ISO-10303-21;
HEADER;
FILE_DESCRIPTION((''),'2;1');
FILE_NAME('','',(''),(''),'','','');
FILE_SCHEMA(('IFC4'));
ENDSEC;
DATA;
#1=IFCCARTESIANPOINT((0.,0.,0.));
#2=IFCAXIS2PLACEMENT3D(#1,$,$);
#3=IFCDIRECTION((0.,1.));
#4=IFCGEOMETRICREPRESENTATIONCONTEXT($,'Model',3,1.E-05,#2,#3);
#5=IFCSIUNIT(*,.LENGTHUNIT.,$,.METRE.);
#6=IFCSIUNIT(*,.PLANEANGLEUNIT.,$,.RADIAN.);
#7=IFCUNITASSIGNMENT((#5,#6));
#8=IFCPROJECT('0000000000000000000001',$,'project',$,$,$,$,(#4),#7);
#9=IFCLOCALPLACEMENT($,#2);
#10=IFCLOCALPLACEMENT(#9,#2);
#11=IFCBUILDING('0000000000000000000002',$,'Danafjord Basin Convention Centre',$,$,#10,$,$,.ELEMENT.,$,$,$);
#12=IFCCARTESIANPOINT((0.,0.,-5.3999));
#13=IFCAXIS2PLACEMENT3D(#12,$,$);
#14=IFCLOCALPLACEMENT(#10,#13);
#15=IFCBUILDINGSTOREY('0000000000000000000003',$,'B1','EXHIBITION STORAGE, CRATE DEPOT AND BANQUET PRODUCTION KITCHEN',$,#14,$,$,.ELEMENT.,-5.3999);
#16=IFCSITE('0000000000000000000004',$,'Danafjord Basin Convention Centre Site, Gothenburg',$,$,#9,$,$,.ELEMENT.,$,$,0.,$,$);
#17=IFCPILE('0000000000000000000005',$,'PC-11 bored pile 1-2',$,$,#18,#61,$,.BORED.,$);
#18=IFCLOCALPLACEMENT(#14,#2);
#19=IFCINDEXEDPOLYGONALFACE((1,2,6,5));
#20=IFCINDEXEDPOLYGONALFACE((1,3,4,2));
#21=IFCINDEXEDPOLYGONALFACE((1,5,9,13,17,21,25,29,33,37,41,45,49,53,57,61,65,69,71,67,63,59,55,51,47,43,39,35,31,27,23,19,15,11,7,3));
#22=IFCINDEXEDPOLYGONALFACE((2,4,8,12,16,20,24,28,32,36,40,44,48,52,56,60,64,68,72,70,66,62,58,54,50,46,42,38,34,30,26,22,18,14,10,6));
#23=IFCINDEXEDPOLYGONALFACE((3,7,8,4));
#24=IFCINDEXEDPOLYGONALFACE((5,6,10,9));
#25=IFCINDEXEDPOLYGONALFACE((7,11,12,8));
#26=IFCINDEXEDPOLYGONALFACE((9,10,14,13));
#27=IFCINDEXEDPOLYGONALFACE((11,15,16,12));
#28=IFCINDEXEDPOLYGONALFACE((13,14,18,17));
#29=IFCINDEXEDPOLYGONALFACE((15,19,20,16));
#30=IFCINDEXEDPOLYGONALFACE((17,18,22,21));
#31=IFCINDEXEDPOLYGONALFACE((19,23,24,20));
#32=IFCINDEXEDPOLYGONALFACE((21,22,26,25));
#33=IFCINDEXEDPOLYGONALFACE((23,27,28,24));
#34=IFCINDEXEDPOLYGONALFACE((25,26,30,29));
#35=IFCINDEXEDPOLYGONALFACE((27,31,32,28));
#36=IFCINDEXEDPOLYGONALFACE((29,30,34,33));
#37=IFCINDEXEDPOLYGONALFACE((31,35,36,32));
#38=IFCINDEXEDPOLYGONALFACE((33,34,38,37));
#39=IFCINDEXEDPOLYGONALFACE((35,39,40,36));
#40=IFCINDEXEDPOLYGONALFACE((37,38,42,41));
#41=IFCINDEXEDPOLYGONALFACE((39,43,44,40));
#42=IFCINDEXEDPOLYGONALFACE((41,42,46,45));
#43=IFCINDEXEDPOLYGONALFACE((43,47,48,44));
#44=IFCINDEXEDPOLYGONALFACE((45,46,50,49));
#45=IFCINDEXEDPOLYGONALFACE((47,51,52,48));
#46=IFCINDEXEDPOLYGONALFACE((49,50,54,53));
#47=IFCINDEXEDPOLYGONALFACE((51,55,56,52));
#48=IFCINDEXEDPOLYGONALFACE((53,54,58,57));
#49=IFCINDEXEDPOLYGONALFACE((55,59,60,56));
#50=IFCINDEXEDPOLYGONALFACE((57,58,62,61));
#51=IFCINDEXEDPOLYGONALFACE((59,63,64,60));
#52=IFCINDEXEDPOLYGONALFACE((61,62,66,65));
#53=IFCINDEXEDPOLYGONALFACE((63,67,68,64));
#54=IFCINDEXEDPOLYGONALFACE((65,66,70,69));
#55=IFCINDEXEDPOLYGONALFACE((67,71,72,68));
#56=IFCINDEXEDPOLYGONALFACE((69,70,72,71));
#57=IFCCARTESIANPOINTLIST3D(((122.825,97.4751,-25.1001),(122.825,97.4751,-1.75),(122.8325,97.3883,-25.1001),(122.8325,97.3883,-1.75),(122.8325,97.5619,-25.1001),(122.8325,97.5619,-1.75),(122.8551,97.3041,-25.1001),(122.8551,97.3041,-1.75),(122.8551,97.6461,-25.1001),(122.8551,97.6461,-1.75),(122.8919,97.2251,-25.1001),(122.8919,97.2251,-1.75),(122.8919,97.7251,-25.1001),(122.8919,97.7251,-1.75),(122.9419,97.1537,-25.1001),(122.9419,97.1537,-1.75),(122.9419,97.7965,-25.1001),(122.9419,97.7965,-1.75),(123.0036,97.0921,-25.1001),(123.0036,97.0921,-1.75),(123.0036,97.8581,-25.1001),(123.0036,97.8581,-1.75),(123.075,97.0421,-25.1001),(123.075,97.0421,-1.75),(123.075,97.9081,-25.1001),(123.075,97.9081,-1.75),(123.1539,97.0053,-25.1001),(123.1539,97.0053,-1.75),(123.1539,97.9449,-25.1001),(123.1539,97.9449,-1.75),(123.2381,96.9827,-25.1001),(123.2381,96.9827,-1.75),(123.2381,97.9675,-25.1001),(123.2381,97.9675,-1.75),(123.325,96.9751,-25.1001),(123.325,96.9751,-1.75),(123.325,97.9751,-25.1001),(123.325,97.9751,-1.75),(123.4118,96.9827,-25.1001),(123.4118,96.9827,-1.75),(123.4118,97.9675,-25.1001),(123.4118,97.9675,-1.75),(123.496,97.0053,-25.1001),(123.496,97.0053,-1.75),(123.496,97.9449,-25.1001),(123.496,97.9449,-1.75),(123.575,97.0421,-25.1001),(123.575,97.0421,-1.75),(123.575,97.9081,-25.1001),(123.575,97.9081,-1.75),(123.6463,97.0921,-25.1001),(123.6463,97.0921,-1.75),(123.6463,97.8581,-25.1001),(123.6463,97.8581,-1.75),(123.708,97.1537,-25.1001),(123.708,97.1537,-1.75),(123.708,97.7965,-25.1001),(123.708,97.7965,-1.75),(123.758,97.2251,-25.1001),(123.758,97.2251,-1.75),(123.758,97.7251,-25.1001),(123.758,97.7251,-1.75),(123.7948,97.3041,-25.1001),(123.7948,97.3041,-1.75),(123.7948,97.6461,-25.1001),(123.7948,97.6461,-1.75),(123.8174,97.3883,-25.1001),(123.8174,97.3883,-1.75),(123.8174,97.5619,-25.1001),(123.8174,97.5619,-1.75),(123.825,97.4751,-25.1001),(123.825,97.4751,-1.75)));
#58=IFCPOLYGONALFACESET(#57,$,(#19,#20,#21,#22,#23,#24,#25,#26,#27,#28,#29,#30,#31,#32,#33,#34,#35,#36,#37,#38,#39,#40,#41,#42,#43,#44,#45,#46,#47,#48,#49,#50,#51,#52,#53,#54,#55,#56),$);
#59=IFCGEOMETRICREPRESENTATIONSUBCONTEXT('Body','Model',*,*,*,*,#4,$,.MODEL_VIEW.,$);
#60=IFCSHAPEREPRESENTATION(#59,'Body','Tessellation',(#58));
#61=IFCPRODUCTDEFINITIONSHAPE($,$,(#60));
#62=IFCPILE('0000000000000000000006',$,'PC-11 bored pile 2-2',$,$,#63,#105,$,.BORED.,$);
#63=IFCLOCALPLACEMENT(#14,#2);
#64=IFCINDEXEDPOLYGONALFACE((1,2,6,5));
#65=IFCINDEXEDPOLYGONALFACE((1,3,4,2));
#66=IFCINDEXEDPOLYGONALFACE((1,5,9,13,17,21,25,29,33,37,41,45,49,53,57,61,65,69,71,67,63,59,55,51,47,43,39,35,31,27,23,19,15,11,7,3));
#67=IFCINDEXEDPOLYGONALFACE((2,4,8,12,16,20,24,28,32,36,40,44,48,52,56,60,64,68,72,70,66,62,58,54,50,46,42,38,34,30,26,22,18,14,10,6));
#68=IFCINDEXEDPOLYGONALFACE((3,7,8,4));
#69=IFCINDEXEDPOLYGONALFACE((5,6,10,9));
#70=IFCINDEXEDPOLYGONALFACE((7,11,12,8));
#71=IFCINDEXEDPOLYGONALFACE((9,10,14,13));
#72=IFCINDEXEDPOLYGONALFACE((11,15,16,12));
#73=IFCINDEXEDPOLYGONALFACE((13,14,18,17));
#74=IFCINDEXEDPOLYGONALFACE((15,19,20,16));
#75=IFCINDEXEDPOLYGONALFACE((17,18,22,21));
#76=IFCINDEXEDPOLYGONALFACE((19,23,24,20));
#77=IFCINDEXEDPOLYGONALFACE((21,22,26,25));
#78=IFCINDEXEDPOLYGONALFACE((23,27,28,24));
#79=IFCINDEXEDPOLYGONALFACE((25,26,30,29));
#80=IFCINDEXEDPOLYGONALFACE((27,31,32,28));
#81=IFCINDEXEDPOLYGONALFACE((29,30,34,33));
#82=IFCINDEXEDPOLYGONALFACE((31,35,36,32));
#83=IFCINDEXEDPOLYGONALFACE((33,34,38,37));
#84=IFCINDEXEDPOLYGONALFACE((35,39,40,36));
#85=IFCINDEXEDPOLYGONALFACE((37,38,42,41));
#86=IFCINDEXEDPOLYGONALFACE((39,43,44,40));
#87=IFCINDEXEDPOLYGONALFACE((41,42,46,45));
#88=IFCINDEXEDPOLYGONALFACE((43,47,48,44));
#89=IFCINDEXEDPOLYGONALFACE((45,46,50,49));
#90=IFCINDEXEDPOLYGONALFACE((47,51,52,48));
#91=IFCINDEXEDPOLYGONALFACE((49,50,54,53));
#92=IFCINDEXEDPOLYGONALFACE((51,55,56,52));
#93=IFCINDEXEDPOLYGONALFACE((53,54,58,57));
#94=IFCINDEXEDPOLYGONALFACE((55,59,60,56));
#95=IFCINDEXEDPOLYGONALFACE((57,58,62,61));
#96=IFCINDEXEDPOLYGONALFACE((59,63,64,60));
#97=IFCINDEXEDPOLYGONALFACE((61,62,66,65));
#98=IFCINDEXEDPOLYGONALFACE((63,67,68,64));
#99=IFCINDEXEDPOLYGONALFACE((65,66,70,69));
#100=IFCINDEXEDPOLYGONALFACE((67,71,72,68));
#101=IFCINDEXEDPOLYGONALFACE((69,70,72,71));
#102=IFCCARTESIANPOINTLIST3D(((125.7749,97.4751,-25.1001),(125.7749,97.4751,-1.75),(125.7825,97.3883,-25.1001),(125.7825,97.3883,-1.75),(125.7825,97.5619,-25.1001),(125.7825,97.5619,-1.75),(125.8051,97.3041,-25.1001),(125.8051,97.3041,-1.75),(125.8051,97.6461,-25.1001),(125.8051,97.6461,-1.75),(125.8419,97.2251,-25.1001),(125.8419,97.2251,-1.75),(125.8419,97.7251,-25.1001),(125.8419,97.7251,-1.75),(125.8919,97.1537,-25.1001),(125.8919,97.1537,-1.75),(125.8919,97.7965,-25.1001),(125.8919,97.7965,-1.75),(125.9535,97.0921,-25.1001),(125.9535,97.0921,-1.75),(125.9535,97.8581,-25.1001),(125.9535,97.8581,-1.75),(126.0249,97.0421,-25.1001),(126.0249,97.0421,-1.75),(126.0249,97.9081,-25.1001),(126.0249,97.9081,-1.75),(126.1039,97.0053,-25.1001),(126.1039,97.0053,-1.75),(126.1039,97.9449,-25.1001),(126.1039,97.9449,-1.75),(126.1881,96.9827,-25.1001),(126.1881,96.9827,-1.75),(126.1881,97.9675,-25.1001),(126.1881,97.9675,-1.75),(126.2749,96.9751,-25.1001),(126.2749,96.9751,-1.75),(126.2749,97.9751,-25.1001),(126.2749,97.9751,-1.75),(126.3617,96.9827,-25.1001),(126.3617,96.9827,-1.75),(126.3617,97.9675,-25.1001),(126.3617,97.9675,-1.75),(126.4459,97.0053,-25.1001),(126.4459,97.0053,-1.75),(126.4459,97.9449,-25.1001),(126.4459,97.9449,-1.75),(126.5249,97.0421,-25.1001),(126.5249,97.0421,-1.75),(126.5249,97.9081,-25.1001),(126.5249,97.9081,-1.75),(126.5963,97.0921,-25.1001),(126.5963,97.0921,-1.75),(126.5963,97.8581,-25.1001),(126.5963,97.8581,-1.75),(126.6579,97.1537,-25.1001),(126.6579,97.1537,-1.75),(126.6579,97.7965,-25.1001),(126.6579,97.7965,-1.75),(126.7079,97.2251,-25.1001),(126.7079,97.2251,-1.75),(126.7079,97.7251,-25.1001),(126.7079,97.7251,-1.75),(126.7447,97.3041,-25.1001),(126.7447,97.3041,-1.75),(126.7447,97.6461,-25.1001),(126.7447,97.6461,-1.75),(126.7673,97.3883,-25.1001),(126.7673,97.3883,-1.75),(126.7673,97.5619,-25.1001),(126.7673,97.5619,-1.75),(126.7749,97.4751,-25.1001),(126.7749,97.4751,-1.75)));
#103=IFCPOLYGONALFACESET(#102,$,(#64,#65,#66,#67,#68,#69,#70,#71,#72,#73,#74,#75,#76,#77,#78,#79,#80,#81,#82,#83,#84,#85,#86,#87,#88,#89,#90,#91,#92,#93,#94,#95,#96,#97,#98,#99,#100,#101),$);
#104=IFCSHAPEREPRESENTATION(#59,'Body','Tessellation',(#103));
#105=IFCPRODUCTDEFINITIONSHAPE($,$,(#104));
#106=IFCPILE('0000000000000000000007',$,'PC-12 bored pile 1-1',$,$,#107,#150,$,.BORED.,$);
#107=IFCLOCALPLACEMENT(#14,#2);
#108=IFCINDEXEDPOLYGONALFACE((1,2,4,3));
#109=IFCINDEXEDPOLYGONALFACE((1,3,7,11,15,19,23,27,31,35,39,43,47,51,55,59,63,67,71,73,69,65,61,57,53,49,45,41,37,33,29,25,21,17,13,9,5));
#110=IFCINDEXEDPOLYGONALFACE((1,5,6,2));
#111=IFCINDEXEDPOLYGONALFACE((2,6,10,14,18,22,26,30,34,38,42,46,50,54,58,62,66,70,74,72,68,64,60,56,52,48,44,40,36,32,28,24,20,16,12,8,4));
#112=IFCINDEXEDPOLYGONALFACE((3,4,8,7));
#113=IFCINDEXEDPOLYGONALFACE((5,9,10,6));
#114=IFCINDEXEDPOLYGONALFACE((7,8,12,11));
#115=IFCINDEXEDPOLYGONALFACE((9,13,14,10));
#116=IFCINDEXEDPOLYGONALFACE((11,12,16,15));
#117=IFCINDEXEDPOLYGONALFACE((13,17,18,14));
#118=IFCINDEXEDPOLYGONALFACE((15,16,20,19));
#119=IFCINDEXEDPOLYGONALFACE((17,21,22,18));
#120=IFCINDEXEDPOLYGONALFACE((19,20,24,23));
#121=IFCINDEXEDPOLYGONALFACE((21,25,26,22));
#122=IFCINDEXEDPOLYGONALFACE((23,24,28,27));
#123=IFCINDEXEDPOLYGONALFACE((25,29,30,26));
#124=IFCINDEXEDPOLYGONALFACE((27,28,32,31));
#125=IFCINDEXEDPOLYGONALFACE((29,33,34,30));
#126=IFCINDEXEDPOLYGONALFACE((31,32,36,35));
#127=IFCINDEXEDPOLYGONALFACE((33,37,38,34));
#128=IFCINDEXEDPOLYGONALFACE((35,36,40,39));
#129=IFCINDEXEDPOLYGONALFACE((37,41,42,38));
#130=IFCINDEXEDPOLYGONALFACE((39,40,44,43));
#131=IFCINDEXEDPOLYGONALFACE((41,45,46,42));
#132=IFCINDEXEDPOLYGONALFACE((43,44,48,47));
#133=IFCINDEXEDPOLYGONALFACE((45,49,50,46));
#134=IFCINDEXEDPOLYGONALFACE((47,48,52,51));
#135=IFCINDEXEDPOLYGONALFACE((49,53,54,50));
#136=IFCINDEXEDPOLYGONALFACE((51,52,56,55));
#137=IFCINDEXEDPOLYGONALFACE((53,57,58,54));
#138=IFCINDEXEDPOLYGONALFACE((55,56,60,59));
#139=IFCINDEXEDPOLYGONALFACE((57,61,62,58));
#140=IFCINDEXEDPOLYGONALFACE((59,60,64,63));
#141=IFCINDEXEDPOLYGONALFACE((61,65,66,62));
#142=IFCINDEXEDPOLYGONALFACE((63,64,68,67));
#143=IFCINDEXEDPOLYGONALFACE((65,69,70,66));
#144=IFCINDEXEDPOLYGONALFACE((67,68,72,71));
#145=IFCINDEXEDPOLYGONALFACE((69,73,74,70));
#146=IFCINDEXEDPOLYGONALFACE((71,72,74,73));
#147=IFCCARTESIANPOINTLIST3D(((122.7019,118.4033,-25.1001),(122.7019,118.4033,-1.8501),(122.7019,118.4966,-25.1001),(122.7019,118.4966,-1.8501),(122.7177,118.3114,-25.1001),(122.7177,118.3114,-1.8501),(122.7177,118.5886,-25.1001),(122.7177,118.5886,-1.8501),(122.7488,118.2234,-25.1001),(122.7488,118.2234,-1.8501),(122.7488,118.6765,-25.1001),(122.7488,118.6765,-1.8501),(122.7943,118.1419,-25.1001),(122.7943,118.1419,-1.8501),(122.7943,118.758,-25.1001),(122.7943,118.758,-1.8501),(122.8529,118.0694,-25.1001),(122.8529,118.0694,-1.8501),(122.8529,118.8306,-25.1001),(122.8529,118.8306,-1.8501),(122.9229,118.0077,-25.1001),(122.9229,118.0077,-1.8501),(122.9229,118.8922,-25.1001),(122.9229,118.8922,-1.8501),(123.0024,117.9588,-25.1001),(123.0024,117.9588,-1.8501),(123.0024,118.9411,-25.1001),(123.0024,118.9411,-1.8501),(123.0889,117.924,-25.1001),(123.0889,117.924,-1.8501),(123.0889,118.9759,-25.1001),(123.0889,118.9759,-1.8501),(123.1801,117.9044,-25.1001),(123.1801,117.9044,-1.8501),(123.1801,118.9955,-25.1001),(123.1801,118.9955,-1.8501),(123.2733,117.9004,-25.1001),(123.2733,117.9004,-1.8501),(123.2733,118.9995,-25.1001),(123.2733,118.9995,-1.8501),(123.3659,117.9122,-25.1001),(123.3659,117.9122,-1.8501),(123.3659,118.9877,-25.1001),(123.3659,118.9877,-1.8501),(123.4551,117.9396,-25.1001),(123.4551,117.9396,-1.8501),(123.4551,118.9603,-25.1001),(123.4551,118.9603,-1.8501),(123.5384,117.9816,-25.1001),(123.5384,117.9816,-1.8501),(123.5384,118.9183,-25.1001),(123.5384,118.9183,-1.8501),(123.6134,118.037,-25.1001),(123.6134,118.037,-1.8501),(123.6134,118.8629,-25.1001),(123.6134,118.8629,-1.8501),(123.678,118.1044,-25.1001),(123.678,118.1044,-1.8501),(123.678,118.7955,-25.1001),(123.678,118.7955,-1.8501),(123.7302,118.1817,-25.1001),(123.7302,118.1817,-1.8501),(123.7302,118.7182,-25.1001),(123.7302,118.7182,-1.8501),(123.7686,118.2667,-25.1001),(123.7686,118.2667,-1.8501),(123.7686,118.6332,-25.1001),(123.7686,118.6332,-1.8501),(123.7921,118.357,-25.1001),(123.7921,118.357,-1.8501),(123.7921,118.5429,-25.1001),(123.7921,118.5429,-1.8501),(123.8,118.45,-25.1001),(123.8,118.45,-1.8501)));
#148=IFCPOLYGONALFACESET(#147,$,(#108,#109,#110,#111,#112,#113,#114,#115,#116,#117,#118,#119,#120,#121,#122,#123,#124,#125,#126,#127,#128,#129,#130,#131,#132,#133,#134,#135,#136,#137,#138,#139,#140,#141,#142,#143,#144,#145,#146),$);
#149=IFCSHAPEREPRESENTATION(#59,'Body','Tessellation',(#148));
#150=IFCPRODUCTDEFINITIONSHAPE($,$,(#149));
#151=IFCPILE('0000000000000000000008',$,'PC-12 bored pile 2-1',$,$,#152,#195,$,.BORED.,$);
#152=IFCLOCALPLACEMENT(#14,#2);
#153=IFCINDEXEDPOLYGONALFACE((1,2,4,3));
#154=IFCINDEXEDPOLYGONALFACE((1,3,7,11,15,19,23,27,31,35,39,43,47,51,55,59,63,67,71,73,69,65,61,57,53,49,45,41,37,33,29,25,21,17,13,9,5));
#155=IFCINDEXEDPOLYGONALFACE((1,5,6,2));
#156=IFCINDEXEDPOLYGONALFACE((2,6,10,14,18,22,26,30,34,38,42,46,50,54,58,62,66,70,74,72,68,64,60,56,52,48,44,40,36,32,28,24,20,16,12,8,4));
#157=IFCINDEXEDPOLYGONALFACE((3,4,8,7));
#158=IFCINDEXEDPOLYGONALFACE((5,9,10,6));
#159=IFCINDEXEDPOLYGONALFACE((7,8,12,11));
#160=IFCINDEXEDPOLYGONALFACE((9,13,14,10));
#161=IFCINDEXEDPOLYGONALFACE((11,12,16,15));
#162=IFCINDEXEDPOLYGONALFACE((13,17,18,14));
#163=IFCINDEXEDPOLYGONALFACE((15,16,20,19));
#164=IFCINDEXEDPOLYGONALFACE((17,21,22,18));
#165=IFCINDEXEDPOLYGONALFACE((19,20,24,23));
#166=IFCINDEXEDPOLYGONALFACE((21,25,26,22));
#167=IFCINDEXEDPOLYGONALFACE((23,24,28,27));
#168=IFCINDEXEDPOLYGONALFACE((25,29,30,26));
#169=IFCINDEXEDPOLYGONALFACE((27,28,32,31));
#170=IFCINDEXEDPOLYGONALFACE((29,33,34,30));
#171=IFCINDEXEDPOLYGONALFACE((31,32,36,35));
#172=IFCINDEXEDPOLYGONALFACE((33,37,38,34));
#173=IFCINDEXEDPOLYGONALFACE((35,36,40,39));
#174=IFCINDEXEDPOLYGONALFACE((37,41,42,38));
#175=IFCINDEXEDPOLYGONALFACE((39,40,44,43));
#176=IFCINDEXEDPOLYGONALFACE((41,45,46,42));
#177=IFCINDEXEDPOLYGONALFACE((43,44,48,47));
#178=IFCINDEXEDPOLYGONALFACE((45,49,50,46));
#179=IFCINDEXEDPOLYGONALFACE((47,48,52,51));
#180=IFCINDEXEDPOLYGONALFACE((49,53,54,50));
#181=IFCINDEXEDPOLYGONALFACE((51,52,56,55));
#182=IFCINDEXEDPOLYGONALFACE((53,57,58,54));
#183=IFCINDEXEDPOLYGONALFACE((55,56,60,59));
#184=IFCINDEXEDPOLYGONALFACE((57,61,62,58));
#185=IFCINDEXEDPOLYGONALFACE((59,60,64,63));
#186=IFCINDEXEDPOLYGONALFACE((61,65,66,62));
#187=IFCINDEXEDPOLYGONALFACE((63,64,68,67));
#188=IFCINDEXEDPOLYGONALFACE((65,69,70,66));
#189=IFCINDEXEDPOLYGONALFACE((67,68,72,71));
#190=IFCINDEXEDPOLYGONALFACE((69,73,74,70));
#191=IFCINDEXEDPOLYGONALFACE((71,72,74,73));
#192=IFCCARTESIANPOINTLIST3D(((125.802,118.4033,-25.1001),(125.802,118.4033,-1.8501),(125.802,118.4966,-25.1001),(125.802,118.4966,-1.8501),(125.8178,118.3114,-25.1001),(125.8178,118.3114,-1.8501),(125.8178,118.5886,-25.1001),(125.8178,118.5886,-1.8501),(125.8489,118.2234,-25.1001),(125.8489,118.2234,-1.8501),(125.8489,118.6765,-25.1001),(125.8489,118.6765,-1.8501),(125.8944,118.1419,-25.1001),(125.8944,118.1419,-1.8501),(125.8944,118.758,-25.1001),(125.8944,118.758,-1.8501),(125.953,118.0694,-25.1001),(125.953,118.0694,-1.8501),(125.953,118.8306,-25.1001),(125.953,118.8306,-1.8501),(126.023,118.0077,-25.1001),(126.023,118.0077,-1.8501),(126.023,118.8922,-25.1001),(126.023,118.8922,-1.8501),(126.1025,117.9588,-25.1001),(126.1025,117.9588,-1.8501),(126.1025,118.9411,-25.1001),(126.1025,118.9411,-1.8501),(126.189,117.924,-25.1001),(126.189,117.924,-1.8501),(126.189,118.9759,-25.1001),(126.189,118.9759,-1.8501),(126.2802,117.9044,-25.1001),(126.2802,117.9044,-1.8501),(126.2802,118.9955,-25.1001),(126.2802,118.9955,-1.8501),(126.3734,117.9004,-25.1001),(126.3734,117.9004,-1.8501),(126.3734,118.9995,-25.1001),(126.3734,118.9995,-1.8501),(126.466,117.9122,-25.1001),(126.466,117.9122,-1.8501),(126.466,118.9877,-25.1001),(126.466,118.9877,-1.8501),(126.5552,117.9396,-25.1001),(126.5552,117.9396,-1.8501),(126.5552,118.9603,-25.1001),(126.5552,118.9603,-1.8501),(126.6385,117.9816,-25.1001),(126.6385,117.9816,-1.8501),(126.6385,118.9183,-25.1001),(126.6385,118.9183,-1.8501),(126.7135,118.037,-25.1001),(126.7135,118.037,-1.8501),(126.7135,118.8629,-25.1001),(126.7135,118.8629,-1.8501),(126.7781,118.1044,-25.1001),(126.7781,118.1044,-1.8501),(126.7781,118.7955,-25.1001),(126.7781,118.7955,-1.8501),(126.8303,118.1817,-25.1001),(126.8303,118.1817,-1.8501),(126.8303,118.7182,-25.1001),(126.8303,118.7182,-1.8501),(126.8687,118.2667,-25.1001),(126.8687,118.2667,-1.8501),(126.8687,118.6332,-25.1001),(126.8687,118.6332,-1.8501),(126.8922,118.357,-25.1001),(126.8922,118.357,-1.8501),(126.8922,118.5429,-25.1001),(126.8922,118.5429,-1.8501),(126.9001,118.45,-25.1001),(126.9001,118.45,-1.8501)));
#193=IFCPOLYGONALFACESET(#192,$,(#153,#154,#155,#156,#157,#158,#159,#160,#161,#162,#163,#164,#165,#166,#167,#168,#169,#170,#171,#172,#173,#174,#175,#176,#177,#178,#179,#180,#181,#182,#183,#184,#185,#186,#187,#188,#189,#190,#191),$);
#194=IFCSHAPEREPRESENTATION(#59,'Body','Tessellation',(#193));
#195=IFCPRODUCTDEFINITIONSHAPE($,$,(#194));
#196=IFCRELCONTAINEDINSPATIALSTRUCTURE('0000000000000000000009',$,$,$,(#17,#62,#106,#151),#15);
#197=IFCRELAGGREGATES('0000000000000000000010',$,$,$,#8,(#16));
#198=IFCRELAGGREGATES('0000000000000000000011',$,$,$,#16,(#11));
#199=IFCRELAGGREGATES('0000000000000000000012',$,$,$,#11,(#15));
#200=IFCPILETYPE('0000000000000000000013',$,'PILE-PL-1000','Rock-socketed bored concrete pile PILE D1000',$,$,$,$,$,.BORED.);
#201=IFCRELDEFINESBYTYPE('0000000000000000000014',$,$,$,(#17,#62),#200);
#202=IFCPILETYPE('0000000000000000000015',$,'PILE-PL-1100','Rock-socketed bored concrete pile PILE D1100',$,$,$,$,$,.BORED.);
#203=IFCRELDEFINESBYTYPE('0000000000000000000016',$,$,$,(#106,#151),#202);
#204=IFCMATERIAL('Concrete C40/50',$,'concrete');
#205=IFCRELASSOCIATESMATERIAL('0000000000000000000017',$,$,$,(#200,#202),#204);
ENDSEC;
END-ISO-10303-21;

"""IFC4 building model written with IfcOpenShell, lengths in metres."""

from ifc_helpers import new_model, si_unit, direction, frame, origin, origin_2d, place, context, subcontext, project, spatial, circle, extrude, material, material_profile, profile_set, type_object, element, save


model = new_model("IFC4")

# Units and contexts
model_context = context("Model", 3, precision=1e-05, world=origin(), true_north=direction((0.0, 1.0)))
body_context = subcontext(model_context, "Body", "Model", "MODEL_VIEW")
ifc_project = project(units=[si_unit("LENGTHUNIT", "METRE"), si_unit("PLANEANGLEUNIT", "RADIAN")], contexts=[model_context])

# Site, building, storey
site_placement = place(None, origin())
site = spatial("IfcSite", under=ifc_project, at=site_placement, Name="Danafjord Basin Convention Centre Site, Gothenburg", CompositionType="ELEMENT", RefElevation=0.0)
building_placement = place(site_placement, origin())
building = spatial("IfcBuilding", under=site, at=building_placement, Name="Danafjord Basin Convention Centre", CompositionType="ELEMENT")
storey_placement = place(building_placement, frame((0.0, 0.0, -5.3999)))
storey = spatial("IfcBuildingStorey", under=building, at=storey_placement, Name="B1", Description="EXHIBITION STORAGE, CRATE DEPOT AND BANQUET PRODUCTION KITCHEN", CompositionType="ELEMENT", Elevation=-5.3999)

# Shared definitions
ifc_material_1 = material(Name="Concrete C40/50", Category="concrete")

# Piles
ifc_material_profile_1 = material_profile(ifc_material_1, circle(Radius=0.5, at=origin_2d()), Name="PILE D1000")
ifc_profile_set_1 = profile_set([ifc_material_profile_1], Name="Concrete C40/50")
pile_type_1 = type_object("IfcPileType", Name="PILE-PL-1000", Description="Rock-socketed bored concrete pile PILE D1000", PredefinedType="BORED", material=ifc_profile_set_1)
for number, where, z_axis, x_axis, name in (
    (1, (123.325, 97.4751, -1.75), (0.0, 0.0, -1.0), (1.0, 0.0, 0.0), "PC-11 bored pile 1-2"),
    (2, (126.2749, 97.4751, -1.75), (0.0, 0.0, -1.0), (1.0, 0.0, 0.0), "PC-11 bored pile 2-2"),
):
    element("IfcPile", number, at=place(storey_placement, frame(where, z_axis=z_axis, x_axis=x_axis)), inside=storey, type_object=pile_type_1, Name=name, PredefinedType="BORED", context=body_context, shape_type="SweptSolid", body=[
        extrude(circle(Radius=0.5, at=origin_2d()), origin(), (0.0, 0.0, 1.0), 23.3501),
    ])
ifc_material_profile_2 = material_profile(ifc_material_1, circle(Radius=0.55, at=origin_2d()), Name="PILE D1100")
ifc_profile_set_2 = profile_set([ifc_material_profile_2], Name="Concrete C40/50")
pile_type_2 = type_object("IfcPileType", Name="PILE-PL-1100", Description="Rock-socketed bored concrete pile PILE D1100", PredefinedType="BORED", material=ifc_profile_set_2)
for number, where, z_axis, x_axis, name in (
    (3, (123.25, 118.45, -1.8501), (0.0, 0.0, -1.0), (1.0, 0.0, 0.0), "PC-12 bored pile 1-1"),
    (4, (126.3501, 118.45, -1.8501), (0.0, 0.0, -1.0), (1.0, 0.0, 0.0), "PC-12 bored pile 2-1"),
):
    element("IfcPile", number, at=place(storey_placement, frame(where, z_axis=z_axis, x_axis=x_axis)), inside=storey, type_object=pile_type_2, Name=name, PredefinedType="BORED", context=body_context, shape_type="SweptSolid", body=[
        extrude(circle(Radius=0.55, at=origin_2d()), origin(), (0.0, 0.0, 1.0), 23.25),
    ])

save(model, "model.ifc")
